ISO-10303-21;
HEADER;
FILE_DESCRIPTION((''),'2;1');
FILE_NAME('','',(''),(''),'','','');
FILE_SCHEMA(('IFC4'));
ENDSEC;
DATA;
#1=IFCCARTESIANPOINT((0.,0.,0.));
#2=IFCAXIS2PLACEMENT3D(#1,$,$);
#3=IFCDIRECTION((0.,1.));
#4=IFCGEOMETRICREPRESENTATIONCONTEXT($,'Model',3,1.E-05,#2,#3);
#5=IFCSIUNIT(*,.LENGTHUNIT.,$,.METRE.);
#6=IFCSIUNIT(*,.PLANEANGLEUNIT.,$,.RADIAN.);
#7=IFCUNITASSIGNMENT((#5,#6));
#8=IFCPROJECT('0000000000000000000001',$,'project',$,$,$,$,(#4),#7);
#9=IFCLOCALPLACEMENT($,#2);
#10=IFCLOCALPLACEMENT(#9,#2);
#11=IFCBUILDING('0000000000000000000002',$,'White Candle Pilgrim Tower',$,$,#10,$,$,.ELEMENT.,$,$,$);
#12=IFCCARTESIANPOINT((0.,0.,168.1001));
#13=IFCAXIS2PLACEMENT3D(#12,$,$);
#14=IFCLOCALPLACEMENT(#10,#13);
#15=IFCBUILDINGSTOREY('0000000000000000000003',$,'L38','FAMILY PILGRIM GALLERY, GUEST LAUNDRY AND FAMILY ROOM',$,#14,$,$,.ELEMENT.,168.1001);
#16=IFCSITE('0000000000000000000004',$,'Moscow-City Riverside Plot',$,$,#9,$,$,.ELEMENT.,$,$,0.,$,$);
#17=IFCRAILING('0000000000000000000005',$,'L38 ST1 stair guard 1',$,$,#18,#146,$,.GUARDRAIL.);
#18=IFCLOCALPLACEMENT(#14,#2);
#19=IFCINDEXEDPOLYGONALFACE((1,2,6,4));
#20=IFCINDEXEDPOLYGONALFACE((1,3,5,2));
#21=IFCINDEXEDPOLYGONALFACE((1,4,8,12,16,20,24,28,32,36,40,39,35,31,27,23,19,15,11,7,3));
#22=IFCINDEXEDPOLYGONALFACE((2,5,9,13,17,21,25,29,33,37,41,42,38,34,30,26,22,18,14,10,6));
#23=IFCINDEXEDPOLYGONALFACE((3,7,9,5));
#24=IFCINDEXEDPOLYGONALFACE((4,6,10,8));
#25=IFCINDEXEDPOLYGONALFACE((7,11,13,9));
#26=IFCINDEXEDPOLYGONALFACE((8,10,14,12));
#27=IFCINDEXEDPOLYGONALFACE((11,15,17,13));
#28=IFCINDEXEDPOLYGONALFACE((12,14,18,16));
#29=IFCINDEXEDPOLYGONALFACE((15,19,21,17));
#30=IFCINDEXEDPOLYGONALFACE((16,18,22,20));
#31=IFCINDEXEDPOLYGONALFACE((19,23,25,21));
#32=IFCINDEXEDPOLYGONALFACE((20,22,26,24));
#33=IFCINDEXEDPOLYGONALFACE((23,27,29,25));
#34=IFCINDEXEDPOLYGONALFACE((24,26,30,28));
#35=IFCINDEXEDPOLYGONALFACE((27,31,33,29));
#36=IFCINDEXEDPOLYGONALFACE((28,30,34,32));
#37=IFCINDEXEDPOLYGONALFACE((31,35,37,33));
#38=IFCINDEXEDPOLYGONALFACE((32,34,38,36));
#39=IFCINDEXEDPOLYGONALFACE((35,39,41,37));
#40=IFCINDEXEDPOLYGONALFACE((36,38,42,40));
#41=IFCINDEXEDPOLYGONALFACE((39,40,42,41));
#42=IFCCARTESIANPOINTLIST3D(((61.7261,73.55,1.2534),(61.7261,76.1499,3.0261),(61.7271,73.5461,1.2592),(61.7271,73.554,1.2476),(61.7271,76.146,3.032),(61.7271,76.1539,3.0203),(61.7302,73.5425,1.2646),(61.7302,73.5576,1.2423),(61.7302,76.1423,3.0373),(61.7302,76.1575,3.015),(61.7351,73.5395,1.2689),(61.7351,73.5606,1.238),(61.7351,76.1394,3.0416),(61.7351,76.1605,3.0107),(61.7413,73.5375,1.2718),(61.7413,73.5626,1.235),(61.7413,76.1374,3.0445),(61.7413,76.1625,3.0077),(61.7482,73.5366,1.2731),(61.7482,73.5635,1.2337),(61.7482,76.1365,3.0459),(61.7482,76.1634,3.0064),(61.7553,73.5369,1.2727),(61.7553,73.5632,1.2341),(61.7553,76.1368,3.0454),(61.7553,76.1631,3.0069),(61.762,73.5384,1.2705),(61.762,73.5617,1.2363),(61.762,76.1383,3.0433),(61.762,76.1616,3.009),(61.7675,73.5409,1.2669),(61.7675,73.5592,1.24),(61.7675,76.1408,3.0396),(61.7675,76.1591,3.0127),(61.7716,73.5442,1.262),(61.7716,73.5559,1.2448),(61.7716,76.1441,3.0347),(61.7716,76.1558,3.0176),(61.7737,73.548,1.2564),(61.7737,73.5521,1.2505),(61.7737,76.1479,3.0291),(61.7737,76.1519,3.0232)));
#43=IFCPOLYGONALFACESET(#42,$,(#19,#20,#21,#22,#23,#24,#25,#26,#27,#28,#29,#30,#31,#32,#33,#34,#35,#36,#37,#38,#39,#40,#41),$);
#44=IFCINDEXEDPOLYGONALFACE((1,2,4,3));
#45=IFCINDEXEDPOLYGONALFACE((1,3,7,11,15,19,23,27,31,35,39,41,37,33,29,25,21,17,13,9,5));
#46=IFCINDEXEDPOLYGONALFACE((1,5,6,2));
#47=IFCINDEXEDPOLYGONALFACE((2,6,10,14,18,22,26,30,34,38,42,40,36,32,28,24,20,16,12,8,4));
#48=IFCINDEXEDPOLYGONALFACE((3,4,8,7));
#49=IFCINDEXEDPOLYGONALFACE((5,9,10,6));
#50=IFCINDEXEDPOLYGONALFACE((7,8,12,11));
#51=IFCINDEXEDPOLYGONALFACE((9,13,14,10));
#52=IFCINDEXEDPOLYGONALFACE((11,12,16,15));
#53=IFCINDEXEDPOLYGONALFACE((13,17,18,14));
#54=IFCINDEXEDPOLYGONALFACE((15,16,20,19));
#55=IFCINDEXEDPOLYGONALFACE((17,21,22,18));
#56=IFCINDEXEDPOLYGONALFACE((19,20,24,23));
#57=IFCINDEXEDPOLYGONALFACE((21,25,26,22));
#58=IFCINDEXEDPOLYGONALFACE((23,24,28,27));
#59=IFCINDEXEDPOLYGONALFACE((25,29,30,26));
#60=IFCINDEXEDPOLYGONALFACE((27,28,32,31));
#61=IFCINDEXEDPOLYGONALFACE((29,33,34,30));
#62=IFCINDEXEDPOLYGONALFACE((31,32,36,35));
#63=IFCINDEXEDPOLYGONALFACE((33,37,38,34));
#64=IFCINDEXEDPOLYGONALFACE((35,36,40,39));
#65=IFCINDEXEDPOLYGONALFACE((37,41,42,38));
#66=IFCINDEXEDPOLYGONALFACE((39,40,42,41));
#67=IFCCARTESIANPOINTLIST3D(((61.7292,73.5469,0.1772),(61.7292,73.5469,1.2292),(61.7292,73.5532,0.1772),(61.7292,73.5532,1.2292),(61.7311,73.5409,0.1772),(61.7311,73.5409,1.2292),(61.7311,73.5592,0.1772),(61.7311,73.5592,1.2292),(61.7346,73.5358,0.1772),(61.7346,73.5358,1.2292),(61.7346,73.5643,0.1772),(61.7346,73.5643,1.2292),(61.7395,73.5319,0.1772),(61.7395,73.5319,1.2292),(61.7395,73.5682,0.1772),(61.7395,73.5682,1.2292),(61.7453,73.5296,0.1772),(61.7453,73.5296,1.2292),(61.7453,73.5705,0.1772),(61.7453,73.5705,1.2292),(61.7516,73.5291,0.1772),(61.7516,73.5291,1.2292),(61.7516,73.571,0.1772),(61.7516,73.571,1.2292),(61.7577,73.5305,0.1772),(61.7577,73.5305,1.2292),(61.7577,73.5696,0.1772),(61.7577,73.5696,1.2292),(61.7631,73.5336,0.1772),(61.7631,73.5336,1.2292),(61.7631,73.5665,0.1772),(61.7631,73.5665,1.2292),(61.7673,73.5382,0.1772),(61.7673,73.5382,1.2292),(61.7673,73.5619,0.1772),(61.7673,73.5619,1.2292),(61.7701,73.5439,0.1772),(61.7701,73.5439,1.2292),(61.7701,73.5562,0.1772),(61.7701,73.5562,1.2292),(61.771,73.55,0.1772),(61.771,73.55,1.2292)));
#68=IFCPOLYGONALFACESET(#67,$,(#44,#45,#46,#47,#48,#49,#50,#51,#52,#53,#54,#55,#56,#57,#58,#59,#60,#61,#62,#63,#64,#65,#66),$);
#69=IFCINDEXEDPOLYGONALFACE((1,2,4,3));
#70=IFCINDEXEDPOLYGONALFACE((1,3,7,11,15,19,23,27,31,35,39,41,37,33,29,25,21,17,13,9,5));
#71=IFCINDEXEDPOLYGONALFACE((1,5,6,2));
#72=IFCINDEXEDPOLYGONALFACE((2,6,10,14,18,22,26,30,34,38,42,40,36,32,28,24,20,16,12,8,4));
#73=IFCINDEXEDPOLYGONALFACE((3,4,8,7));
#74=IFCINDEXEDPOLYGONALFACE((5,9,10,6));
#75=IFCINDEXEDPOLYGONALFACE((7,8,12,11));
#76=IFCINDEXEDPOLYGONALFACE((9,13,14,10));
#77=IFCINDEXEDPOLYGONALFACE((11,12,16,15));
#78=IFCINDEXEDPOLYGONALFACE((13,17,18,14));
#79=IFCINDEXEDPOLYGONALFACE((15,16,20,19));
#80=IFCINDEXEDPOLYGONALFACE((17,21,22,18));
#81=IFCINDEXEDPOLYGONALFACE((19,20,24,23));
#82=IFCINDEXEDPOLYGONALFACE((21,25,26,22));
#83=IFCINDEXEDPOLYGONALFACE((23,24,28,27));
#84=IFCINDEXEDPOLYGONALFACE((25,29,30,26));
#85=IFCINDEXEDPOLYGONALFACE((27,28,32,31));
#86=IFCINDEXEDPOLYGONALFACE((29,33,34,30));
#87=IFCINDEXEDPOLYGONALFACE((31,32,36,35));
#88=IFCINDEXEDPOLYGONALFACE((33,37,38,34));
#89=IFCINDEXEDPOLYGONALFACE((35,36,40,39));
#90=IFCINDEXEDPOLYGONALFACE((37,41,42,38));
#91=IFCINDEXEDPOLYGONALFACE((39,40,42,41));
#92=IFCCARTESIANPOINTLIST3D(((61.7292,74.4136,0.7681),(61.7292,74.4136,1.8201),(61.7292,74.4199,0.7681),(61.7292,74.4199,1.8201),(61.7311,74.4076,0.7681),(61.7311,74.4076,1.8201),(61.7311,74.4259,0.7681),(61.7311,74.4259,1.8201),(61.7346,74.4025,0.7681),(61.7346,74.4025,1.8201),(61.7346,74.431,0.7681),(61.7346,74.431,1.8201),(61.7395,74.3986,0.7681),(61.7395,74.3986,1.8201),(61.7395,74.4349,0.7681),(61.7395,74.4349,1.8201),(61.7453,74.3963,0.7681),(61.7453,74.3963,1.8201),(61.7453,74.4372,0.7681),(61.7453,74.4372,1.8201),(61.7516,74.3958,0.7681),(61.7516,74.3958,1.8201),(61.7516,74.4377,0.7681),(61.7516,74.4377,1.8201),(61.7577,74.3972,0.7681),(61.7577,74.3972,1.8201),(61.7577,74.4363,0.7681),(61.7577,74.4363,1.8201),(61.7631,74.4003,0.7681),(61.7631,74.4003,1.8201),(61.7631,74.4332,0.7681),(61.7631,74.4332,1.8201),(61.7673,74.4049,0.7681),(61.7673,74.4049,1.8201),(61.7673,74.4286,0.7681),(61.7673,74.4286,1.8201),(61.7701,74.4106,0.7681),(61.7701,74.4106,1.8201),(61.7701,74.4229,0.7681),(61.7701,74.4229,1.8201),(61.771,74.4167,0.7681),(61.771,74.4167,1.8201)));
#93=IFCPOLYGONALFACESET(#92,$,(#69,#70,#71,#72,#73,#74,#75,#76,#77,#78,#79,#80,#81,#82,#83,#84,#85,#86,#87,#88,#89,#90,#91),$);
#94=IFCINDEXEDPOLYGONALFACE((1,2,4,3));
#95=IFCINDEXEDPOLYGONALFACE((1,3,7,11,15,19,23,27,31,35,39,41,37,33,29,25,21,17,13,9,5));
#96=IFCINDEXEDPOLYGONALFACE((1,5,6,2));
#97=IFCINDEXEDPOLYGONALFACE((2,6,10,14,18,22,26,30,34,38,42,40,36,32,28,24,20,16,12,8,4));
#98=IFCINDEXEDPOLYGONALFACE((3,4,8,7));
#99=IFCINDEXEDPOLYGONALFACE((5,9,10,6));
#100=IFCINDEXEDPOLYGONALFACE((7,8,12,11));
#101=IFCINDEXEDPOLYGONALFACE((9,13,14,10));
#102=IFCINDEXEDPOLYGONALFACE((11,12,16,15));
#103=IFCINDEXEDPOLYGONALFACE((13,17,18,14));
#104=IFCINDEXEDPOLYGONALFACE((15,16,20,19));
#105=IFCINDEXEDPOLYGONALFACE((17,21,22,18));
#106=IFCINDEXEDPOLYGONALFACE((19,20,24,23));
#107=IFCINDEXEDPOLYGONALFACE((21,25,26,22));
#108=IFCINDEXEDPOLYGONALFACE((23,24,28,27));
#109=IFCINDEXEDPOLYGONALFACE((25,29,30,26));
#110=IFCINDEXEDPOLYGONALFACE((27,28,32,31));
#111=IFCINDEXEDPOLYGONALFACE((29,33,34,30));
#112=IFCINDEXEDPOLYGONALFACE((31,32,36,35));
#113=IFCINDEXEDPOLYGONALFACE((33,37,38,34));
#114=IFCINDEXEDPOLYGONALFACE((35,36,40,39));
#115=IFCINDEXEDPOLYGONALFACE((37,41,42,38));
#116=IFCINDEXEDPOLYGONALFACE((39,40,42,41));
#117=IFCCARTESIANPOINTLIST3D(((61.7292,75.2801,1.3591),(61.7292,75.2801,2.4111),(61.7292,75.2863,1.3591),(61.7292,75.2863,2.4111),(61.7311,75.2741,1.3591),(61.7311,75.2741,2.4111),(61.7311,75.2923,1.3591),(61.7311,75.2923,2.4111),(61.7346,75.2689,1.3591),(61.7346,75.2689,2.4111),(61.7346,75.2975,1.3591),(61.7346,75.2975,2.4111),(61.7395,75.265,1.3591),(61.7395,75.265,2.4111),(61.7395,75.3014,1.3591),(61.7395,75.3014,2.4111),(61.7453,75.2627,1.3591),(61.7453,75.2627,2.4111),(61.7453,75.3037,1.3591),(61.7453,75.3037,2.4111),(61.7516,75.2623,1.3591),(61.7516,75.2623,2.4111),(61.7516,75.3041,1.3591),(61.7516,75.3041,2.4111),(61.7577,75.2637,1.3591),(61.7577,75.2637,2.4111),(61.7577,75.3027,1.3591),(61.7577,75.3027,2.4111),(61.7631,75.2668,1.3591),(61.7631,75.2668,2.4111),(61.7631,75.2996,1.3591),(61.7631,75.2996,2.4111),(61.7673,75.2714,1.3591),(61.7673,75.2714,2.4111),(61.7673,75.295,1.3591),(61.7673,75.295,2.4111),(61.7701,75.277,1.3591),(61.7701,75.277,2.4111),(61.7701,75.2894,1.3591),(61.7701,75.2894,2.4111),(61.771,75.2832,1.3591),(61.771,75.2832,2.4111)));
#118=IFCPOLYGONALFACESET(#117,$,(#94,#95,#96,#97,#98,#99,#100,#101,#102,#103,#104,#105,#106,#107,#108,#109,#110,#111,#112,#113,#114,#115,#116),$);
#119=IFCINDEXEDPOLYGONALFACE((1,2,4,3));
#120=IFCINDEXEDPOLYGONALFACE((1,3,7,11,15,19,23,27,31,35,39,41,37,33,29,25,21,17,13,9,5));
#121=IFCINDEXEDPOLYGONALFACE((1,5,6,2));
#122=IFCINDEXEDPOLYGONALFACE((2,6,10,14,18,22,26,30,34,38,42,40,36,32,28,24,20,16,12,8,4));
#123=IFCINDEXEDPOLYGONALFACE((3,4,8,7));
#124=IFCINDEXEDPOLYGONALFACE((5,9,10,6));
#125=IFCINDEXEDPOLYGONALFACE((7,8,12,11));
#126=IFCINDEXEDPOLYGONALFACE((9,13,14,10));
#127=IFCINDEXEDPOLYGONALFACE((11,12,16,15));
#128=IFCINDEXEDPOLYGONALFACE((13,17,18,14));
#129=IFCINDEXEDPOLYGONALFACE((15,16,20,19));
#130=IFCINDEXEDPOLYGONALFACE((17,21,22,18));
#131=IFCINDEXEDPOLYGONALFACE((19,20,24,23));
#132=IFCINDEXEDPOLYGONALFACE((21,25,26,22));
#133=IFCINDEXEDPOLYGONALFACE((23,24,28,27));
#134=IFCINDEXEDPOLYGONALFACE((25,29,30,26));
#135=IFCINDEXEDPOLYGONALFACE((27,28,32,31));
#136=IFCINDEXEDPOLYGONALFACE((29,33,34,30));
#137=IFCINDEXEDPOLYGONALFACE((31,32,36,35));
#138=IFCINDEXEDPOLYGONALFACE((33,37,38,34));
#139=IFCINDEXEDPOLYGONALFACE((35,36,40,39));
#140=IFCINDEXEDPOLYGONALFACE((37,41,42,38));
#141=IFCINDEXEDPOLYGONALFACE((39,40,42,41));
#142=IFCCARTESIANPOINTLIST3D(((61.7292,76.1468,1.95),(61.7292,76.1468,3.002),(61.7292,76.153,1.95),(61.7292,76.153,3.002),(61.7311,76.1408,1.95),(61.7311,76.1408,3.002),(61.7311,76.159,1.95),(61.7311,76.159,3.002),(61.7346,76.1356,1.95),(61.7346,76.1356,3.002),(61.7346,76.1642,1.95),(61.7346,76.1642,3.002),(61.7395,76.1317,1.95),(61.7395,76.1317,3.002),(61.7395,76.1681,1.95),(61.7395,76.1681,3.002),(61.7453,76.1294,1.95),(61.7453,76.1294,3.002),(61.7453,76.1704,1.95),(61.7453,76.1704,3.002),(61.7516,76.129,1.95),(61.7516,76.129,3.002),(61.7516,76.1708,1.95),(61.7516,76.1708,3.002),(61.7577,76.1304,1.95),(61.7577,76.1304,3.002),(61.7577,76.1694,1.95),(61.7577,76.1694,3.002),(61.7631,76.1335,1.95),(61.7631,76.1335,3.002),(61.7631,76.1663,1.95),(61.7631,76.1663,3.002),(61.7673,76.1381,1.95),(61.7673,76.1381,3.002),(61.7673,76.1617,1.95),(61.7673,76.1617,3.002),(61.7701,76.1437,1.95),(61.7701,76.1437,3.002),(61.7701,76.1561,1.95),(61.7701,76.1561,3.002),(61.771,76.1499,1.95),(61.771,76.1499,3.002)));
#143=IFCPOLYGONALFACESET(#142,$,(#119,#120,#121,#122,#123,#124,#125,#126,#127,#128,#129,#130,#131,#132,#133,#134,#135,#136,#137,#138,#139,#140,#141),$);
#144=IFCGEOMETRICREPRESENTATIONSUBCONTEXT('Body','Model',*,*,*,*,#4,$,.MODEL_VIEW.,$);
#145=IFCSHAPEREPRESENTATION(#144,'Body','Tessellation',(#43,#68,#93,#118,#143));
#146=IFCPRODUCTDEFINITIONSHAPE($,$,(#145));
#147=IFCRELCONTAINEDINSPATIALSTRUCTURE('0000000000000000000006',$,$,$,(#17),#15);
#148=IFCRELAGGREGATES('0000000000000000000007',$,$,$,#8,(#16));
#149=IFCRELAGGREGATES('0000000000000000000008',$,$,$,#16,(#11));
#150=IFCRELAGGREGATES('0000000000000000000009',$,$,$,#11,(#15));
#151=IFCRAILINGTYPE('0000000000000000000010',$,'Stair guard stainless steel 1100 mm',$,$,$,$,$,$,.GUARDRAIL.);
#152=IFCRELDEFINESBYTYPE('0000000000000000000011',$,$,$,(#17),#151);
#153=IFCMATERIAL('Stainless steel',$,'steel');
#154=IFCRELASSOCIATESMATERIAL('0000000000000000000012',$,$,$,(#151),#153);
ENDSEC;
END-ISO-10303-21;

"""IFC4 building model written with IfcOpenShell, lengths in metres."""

from ifc_helpers import new_model, si_unit, direction, frame, origin, origin_2d, place, context, subcontext, project, spatial, circle, extrude, material, type_object, element, save


model = new_model("IFC4")

# Units and contexts
model_context = context("Model", 3, precision=1e-05, world=origin(), true_north=direction((0.0, 1.0)))
body_context = subcontext(model_context, "Body", "Model", "MODEL_VIEW")
ifc_project = project(units=[si_unit("LENGTHUNIT", "METRE"), si_unit("PLANEANGLEUNIT", "RADIAN")], contexts=[model_context])

# Site, building, storey
site_placement = place(None, origin())
site = spatial("IfcSite", under=ifc_project, at=site_placement, Name="Moscow-City Riverside Plot", CompositionType="ELEMENT", RefElevation=0.0)
building_placement = place(site_placement, origin())
building = spatial("IfcBuilding", under=site, at=building_placement, Name="White Candle Pilgrim Tower", CompositionType="ELEMENT")
storey_placement = place(building_placement, frame((0.0, 0.0, 168.1001)))
storey = spatial("IfcBuildingStorey", under=building, at=storey_placement, Name="L38", Description="FAMILY PILGRIM GALLERY, GUEST LAUNDRY AND FAMILY ROOM", CompositionType="ELEMENT", Elevation=168.1001)

# Railing
ifc_material_1 = material(Name="Stainless steel", Category="steel")
railing_type_1 = type_object("IfcRailingType", Name="Stair guard stainless steel 1100 mm", PredefinedType="GUARDRAIL", material=ifc_material_1)
railing_1_placement = place(storey_placement, frame((61.75, 73.55, 0.1772)))
element("IfcRailing", 1, at=railing_1_placement, inside=storey, type_object=railing_type_1, Name="L38 ST1 stair guard 1", PredefinedType="GUARDRAIL", context=body_context, shape_type="SweptSolid", body=[
    extrude(circle(Radius=0.0239, at=origin_2d()), frame((0.0, 0.0, 1.0762), z_axis=(0.0, 0.826216, 0.563354), x_axis=(-1.0, 0.0, 0.0)), (0.0, 0.0, 1.0), 3.1467),
    extrude(circle(Radius=0.021, at=origin_2d()), origin(), (0.0, 0.0, 1.0), 1.052),
    extrude(circle(Radius=0.021, at=origin_2d()), frame((0.0, 0.8667, 0.5908)), (0.0, 0.0, 1.0), 1.052),
    extrude(circle(Radius=0.021, at=origin_2d()), frame((0.0, 1.7332, 1.1819)), (0.0, 0.0, 1.0), 1.052),
    extrude(circle(Radius=0.021, at=origin_2d()), frame((0.0, 2.5999, 1.7727)), (0.0, 0.0, 1.0), 1.052),
])

save(model, "model.ifc")
